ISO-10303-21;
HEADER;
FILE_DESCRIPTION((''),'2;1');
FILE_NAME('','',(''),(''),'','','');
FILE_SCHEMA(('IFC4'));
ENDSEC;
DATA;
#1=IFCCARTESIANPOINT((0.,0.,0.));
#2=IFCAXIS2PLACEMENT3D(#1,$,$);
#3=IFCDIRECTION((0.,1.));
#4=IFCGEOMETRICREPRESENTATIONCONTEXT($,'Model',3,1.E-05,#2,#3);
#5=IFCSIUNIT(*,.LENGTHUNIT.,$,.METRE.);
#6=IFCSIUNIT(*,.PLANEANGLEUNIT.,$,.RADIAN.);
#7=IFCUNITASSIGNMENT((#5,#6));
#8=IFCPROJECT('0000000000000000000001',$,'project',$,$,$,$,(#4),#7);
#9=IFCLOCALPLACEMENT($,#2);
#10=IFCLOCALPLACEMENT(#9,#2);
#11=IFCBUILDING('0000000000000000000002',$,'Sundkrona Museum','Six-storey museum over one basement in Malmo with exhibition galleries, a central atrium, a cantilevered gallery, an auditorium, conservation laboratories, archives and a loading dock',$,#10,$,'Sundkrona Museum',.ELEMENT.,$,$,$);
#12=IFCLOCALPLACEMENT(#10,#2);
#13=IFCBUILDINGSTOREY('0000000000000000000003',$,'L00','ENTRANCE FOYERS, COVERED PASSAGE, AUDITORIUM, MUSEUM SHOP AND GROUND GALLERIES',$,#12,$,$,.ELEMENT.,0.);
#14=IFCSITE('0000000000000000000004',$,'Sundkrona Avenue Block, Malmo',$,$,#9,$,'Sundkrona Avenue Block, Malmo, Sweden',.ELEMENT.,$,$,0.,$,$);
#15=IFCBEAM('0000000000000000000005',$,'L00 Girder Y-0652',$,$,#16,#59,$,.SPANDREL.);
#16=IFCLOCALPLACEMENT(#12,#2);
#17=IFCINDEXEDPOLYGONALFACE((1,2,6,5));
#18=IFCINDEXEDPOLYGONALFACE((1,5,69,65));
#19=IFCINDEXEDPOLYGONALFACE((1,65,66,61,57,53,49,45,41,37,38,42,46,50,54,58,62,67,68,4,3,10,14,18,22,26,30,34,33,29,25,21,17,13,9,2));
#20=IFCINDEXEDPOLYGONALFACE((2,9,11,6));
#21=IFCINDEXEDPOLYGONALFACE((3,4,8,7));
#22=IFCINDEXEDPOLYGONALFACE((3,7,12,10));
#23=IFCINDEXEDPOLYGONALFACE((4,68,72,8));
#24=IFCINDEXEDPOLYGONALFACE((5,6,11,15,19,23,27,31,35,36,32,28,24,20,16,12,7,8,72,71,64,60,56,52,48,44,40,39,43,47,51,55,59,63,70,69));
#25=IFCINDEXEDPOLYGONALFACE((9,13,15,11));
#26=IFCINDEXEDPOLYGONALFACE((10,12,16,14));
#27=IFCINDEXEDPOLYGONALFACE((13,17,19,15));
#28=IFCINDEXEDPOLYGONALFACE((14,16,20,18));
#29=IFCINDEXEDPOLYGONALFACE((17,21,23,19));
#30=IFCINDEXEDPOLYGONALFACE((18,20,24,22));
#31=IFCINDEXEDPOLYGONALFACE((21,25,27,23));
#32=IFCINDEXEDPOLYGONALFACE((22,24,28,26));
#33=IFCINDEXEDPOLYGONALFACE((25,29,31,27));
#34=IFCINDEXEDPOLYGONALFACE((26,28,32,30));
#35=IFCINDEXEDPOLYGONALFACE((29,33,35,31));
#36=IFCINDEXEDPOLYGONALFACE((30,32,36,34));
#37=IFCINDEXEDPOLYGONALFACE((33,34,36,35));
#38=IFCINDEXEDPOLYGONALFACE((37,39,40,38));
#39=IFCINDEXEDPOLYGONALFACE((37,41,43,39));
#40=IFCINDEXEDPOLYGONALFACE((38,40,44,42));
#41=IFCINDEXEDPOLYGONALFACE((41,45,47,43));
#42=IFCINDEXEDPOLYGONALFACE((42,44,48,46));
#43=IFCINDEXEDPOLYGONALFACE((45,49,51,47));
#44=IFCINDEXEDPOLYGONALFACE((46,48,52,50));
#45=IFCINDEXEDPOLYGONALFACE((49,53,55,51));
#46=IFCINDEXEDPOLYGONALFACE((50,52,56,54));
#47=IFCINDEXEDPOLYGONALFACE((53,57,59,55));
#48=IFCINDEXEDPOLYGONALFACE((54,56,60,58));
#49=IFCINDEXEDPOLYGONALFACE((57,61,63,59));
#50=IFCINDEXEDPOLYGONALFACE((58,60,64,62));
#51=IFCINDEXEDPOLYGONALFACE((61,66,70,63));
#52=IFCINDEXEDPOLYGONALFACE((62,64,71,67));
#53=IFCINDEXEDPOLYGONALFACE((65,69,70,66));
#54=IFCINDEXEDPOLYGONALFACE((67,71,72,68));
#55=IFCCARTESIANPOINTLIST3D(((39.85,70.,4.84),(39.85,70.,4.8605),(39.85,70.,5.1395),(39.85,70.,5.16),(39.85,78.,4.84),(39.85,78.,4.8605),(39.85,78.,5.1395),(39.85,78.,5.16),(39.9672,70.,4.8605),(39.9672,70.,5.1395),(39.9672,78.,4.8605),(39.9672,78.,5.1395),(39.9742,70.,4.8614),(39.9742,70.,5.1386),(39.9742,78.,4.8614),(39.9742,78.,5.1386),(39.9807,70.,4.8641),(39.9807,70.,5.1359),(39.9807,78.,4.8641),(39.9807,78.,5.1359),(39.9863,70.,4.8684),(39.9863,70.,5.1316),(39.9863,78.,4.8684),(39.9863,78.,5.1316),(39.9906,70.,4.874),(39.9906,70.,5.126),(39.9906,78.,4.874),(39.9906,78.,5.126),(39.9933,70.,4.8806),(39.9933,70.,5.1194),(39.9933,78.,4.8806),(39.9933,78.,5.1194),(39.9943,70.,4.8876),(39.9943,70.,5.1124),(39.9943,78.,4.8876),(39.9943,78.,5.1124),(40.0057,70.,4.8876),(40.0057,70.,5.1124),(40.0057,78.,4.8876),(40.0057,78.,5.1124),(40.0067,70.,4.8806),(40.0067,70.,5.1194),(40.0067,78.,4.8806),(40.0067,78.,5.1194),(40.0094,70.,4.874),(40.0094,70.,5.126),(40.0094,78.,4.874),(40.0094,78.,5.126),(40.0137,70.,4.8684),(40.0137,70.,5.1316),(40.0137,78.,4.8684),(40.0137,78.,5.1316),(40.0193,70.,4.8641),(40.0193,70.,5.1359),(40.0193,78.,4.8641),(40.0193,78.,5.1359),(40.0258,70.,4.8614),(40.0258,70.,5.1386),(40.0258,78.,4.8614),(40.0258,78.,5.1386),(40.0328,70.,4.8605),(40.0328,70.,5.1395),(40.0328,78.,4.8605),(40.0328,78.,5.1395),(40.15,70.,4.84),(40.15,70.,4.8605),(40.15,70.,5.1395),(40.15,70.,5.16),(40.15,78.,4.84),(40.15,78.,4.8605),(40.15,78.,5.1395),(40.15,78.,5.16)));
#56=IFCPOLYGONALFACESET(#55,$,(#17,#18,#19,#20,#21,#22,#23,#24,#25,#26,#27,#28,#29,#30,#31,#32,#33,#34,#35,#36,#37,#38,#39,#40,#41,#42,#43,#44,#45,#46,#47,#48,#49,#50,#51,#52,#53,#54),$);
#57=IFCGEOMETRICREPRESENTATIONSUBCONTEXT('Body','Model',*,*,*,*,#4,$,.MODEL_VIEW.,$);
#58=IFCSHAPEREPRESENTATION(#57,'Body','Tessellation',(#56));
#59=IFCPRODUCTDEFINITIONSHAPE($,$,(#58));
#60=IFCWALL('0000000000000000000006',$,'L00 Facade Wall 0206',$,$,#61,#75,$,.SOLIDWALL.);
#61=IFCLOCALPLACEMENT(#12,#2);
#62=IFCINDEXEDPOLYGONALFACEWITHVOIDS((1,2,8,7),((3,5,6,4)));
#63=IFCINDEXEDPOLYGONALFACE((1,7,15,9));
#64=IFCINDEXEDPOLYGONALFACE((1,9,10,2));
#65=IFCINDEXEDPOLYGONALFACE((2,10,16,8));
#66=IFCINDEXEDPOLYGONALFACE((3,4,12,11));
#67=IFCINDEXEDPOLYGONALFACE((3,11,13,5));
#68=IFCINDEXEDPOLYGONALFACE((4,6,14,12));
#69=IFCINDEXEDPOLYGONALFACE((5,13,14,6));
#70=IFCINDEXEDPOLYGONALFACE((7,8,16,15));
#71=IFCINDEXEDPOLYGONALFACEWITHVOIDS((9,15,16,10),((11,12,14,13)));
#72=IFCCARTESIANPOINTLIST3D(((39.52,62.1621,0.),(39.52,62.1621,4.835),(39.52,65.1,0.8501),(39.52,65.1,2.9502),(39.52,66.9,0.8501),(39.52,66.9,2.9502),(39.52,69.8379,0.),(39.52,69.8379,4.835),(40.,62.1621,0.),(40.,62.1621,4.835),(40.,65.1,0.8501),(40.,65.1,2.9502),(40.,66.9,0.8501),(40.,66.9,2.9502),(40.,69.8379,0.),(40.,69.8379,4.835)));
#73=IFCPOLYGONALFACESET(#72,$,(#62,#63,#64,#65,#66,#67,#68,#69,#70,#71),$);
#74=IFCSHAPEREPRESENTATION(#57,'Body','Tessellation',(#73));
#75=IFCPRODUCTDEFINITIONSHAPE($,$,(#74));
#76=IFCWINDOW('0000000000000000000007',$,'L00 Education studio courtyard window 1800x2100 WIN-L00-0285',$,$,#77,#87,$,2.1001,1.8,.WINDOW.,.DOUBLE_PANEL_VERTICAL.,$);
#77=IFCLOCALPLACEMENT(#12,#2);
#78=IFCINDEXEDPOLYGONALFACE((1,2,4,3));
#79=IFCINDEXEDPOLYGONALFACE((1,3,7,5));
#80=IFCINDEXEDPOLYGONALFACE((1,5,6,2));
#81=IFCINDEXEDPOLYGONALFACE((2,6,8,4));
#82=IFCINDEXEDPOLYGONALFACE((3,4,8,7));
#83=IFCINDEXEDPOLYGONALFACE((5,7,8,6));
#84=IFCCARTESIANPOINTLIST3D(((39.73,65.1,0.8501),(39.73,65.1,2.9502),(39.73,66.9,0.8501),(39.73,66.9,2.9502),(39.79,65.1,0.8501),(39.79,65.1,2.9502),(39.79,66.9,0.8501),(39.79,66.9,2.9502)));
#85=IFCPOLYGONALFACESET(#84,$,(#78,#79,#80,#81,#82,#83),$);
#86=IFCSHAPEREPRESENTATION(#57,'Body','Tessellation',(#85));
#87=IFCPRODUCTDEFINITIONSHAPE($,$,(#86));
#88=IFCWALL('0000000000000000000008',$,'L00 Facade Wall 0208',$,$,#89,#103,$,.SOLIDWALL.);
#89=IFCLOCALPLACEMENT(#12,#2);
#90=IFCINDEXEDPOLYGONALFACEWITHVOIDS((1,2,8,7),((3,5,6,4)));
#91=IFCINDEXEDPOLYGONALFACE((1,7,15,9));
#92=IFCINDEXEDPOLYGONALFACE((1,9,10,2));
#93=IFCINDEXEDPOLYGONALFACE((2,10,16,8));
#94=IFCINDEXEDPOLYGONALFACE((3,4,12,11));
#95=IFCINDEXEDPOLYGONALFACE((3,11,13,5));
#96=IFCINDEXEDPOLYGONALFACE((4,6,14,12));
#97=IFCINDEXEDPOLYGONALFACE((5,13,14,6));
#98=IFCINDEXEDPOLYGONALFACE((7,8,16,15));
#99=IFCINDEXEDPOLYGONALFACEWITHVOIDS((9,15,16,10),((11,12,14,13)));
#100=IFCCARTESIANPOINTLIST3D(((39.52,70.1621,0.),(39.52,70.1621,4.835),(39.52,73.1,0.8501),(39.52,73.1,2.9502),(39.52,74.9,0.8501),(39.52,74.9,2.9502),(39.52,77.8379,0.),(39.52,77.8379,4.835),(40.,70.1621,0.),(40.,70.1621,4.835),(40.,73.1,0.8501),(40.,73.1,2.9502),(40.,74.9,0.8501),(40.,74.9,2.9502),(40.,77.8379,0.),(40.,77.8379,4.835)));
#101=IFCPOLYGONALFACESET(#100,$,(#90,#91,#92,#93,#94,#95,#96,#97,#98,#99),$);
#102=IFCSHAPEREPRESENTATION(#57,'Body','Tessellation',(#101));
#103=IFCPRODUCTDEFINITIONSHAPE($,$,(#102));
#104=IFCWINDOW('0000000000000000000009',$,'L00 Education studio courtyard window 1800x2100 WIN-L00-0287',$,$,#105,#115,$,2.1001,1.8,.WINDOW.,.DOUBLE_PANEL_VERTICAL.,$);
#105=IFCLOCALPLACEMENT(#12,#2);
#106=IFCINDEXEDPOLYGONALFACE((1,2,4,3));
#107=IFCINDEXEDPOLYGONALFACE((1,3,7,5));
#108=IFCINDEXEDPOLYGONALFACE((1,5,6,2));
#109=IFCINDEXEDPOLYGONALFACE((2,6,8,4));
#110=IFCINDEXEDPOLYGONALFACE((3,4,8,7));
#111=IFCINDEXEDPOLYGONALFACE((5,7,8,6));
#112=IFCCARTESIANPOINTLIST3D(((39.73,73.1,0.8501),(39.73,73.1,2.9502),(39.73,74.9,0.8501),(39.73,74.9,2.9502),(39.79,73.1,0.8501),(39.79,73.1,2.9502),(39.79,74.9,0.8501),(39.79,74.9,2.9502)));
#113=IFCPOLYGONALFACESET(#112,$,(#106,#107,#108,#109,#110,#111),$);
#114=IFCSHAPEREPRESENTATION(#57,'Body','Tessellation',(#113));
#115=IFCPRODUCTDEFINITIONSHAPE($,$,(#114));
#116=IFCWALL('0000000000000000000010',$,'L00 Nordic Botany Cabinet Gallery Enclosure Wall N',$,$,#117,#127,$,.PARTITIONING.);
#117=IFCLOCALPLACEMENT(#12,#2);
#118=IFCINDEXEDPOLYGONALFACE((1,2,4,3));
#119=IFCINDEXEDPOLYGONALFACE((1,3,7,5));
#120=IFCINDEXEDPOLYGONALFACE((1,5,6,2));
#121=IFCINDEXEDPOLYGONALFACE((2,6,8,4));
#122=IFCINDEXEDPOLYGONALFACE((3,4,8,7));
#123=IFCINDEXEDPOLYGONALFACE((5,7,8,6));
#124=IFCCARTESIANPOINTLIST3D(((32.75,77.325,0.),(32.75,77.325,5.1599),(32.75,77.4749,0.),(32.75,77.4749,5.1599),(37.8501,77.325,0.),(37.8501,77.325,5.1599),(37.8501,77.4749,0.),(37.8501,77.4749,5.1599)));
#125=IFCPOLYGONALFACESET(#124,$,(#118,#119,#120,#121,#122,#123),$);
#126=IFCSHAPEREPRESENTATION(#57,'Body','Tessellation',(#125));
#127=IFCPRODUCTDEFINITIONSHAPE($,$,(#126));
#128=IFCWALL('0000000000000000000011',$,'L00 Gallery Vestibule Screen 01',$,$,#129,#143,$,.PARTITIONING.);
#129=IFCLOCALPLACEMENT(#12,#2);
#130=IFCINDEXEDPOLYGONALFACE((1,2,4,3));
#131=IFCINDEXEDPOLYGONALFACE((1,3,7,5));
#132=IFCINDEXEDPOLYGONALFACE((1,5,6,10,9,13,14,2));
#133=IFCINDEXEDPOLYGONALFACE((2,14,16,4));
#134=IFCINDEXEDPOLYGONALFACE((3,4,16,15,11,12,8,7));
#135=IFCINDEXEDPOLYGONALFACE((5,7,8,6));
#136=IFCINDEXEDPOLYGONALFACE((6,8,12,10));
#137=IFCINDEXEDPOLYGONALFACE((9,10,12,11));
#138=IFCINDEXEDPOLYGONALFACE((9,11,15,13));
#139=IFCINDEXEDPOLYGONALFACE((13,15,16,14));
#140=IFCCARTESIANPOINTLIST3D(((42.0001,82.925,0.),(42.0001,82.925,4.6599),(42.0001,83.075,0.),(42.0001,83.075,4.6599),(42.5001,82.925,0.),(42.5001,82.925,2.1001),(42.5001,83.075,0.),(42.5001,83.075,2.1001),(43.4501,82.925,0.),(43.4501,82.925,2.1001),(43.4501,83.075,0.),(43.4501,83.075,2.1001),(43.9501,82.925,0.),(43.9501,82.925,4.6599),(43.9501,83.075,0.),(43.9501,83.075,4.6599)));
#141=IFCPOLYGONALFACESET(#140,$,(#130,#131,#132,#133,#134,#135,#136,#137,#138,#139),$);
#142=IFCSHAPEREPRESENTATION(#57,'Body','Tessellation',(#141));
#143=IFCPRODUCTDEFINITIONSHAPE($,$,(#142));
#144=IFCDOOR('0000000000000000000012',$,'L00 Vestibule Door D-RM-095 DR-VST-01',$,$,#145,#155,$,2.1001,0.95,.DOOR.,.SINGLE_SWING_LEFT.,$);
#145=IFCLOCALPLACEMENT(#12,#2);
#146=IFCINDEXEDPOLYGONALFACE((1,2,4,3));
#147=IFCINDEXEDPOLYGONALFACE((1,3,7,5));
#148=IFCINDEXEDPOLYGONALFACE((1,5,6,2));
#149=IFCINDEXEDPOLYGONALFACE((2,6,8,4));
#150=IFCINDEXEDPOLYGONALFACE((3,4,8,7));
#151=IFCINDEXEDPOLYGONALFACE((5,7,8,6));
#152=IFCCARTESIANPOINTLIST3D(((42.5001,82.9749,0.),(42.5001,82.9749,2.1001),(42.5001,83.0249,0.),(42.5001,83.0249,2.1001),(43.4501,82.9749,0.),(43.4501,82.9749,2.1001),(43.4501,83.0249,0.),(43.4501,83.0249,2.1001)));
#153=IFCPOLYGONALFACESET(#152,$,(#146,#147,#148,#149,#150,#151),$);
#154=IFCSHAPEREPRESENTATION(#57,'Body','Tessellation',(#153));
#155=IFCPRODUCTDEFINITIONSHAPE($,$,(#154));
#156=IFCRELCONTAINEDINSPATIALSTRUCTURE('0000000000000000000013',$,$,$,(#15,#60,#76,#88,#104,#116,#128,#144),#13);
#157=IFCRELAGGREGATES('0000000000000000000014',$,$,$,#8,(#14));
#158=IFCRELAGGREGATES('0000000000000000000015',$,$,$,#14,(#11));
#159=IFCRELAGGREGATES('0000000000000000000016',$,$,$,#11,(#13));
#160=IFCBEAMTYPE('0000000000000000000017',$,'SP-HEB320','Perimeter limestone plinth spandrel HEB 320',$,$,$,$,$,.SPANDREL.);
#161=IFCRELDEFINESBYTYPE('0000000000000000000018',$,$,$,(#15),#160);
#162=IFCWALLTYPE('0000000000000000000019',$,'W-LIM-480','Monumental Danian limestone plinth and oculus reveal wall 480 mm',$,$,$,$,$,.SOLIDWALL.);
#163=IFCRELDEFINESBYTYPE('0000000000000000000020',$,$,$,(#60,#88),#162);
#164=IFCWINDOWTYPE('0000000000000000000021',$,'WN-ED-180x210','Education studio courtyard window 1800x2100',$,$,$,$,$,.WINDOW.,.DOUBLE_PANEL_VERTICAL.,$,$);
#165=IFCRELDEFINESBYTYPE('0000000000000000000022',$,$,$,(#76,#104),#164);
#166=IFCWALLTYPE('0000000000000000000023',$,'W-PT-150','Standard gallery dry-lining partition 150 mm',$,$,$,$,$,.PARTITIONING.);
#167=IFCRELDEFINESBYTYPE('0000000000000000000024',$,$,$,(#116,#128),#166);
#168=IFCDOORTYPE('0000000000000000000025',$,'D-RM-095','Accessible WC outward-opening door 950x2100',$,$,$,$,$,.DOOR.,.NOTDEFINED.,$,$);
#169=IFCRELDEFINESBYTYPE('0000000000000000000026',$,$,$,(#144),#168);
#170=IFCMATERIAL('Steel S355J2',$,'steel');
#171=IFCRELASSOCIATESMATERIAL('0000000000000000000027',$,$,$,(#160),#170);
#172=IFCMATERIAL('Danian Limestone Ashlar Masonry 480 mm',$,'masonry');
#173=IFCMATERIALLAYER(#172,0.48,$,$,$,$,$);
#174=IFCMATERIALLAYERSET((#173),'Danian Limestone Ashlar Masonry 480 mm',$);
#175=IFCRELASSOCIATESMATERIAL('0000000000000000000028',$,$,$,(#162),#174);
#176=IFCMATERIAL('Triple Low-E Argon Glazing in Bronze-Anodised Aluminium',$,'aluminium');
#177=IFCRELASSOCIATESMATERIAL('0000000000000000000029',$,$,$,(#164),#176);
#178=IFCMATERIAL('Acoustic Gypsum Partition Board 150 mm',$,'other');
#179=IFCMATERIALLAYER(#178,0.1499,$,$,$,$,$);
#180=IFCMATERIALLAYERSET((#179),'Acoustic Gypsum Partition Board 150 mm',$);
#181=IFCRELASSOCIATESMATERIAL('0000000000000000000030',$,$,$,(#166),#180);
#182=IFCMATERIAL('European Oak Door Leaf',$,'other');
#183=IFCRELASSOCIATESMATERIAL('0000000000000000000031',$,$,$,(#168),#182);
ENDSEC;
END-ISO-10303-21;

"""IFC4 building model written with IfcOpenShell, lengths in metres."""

from ifc_helpers import new_model, si_unit, direction, frame, frame_2d, origin, origin_2d, place, context, subcontext, project, spatial, rectangle, i_section, extrude, material, layer, layer_set, material_profile, profile_set, type_object, element, fill, save


model = new_model("IFC4")

# Units and contexts
model_context = context("Model", 3, precision=1e-05, world=origin(), true_north=direction((0.0, 1.0)))
body_context = subcontext(model_context, "Body", "Model", "MODEL_VIEW")
ifc_project = project(units=[si_unit("LENGTHUNIT", "METRE"), si_unit("PLANEANGLEUNIT", "RADIAN")], contexts=[model_context])

# Site, building, storey
site_placement = place(None, origin())
site = spatial("IfcSite", under=ifc_project, at=site_placement, Name="Sundkrona Avenue Block, Malmo", LongName="Sundkrona Avenue Block, Malmo, Sweden", CompositionType="ELEMENT", RefElevation=0.0)
building_placement = place(site_placement, origin())
building = spatial("IfcBuilding", under=site, at=building_placement, Name="Sundkrona Museum", Description="Six-storey museum over one basement in Malmo with exhibition galleries, a central atrium, a cantilevered gallery, an auditorium, conservation laboratories, archives and a loading dock", LongName="Sundkrona Museum", CompositionType="ELEMENT")
storey_placement = place(building_placement, origin())
storey = spatial("IfcBuildingStorey", under=building, at=storey_placement, Name="L00", Description="ENTRANCE FOYERS, COVERED PASSAGE, AUDITORIUM, MUSEUM SHOP AND GROUND GALLERIES", CompositionType="ELEMENT", Elevation=0.0)

# Shared definitions
ifc_material_1 = material(Name="Steel S355J2", Category="steel")

# Beam
ifc_material_profile_1 = material_profile(ifc_material_1, i_section(OverallWidth=0.3, OverallDepth=0.3201, WebThickness=0.0115, FlangeThickness=0.0205, FilletRadius=0.0271, at=origin_2d()), Name="HEB 320")
ifc_profile_set_1 = profile_set([ifc_material_profile_1], Name="Steel S355J2")
beam_type_1 = type_object("IfcBeamType", Name="SP-HEB320", Description="Perimeter limestone plinth spandrel HEB 320", PredefinedType="SPANDREL", material=ifc_profile_set_1)
for number, where, z_axis, x_axis, name in (
    (1, (40.0, 70.0, 5.0), (0.0, 1.0, 0.0), (-1.0, 0.0, 0.0), "L00 Girder Y-0652"),
):
    element("IfcBeam", number, at=place(storey_placement, frame(where, z_axis=z_axis, x_axis=x_axis)), inside=storey, type_object=beam_type_1, Name=name, PredefinedType="SPANDREL", context=body_context, shape_type="SweptSolid", body=[
        extrude(i_section(OverallWidth=0.3, OverallDepth=0.3201, WebThickness=0.0115, FlangeThickness=0.0205, FilletRadius=0.0271, at=origin_2d()), origin(), (0.0, 0.0, 1.0), 8.0),
    ])

# Walls, openings, windows
ifc_material_2 = material(Name="Danian Limestone Ashlar Masonry 480 mm", Category="masonry")
ifc_layer_1 = layer(ifc_material_2, 0.48)
ifc_layer_set_1 = layer_set([ifc_layer_1], Name="Danian Limestone Ashlar Masonry 480 mm")
wall_type_1 = type_object("IfcWallType", Name="W-LIM-480", Description="Monumental Danian limestone plinth and oculus reveal wall 480 mm", PredefinedType="SOLIDWALL", material=ifc_layer_set_1)
wall_1_placement = place(storey_placement, frame((39.76, 69.8379, 0.0), z_axis=(0.0, 0.0, 1.0), x_axis=(0.0, -1.0, 0.0)))
wall_1 = element("IfcWall", 2, at=wall_1_placement, inside=storey, type_object=wall_type_1, Name="L00 Facade Wall 0206", PredefinedType="SOLIDWALL", context=body_context, shape_type="SweptSolid", body=[
    extrude(rectangle(XDim=7.6758, YDim=0.48, at=frame_2d((3.8379, 0.0))), origin(), (0.0, 0.0, 1.0), 4.835),
])
opening_1_placement = place(wall_1_placement, frame((2.938, 0.0, 0.8501)))
opening_1 = element("IfcOpeningElement", 3, at=opening_1_placement, cuts=wall_1, PredefinedType="OPENING", context=body_context, shape_type="SweptSolid", body=[
    extrude(rectangle(XDim=1.8, YDim=2.1001, at=frame_2d((0.8999, 1.05))), frame((0.0, 0.25, 0.0), z_axis=(0.0, -1.0, 0.0), x_axis=(1.0, 0.0, 0.0)), (0.0, 0.0, 1.0), 0.5),
])
ifc_material_3 = material(Name="Triple Low-E Argon Glazing in Bronze-Anodised Aluminium", Category="aluminium")
window_type = type_object("IfcWindowType", Name="WN-ED-180x210", Description="Education studio courtyard window 1800x2100", PartitioningType="DOUBLE_PANEL_VERTICAL", PredefinedType="WINDOW", material=ifc_material_3)
window_1_placement = place(opening_1_placement, origin())
window_1 = element("IfcWindow", 4, at=window_1_placement, inside=storey, type_object=window_type, Name="L00 Education studio courtyard window 1800x2100 WIN-L00-0285", OverallHeight=2.1001, OverallWidth=1.8, PartitioningType="DOUBLE_PANEL_VERTICAL", PredefinedType="WINDOW", context=body_context, shape_type="SweptSolid", body=[
    extrude(rectangle(XDim=1.8, YDim=2.1001, at=frame_2d((0.8999, 1.05))), frame((0.0, 0.03, 0.0), z_axis=(0.0, -1.0, 0.0), x_axis=(1.0, 0.0, 0.0)), (0.0, 0.0, 1.0), 0.0601),
])
fill(opening_1, window_1)
wall_2_placement = place(storey_placement, frame((39.76, 77.8379, 0.0), z_axis=(0.0, 0.0, 1.0), x_axis=(0.0, -1.0, 0.0)))
wall_2 = element("IfcWall", 5, at=wall_2_placement, inside=storey, type_object=wall_type_1, Name="L00 Facade Wall 0208", PredefinedType="SOLIDWALL", context=body_context, shape_type="SweptSolid", body=[
    extrude(rectangle(XDim=7.6758, YDim=0.48, at=frame_2d((3.8379, 0.0))), origin(), (0.0, 0.0, 1.0), 4.835),
])
opening_2_placement = place(wall_2_placement, frame((2.938, 0.0, 0.8501)))
opening_2 = element("IfcOpeningElement", 6, at=opening_2_placement, cuts=wall_2, PredefinedType="OPENING", context=body_context, shape_type="SweptSolid", body=[
    extrude(rectangle(XDim=1.8, YDim=2.1001, at=frame_2d((0.8999, 1.05))), frame((0.0, 0.25, 0.0), z_axis=(0.0, -1.0, 0.0), x_axis=(1.0, 0.0, 0.0)), (0.0, 0.0, 1.0), 0.5),
])
window_2_placement = place(opening_2_placement, origin())
window_2 = element("IfcWindow", 7, at=window_2_placement, inside=storey, type_object=window_type, Name="L00 Education studio courtyard window 1800x2100 WIN-L00-0287", OverallHeight=2.1001, OverallWidth=1.8, PartitioningType="DOUBLE_PANEL_VERTICAL", PredefinedType="WINDOW", context=body_context, shape_type="SweptSolid", body=[
    extrude(rectangle(XDim=1.8, YDim=2.1001, at=frame_2d((0.8999, 1.05))), frame((0.0, 0.03, 0.0), z_axis=(0.0, -1.0, 0.0), x_axis=(1.0, 0.0, 0.0)), (0.0, 0.0, 1.0), 0.0601),
])
fill(opening_2, window_2)

# Wall
ifc_material_4 = material(Name="Acoustic Gypsum Partition Board 150 mm", Category="other")
ifc_layer_2 = layer(ifc_material_4, 0.1499)
ifc_layer_set_2 = layer_set([ifc_layer_2], Name="Acoustic Gypsum Partition Board 150 mm")
wall_type_2 = type_object("IfcWallType", Name="W-PT-150", Description="Standard gallery dry-lining partition 150 mm", PredefinedType="PARTITIONING", material=ifc_layer_set_2)
wall_3_placement = place(storey_placement, frame((32.75, 77.3999, 0.0), z_axis=(0.0, 0.0, 1.0), x_axis=(1.0, 0.0, 0.0)))
element("IfcWall", 8, at=wall_3_placement, inside=storey, type_object=wall_type_2, Name="L00 Nordic Botany Cabinet Gallery Enclosure Wall N", PredefinedType="PARTITIONING", context=body_context, shape_type="SweptSolid", body=[
    extrude(rectangle(XDim=5.1001, YDim=0.1499, at=frame_2d((2.55, 0.0))), origin(), (0.0, 0.0, 1.0), 5.1599),
])

# Wall, opening, door
wall_4_placement = place(storey_placement, frame((42.0, 83.0, 0.0), z_axis=(0.0, 0.0, 1.0), x_axis=(1.0, 0.0, 0.0)))
wall_4 = element("IfcWall", 9, at=wall_4_placement, inside=storey, type_object=wall_type_2, Name="L00 Gallery Vestibule Screen 01", PredefinedType="PARTITIONING", context=body_context, shape_type="SweptSolid", body=[
    extrude(rectangle(XDim=1.95, YDim=0.1499, at=frame_2d((0.9751, 0.0))), origin(), (0.0, 0.0, 1.0), 4.6599),
])
opening_3_placement = place(wall_4_placement, frame((0.5, 0.0, 0.0)))
opening_3 = element("IfcOpeningElement", 10, at=opening_3_placement, cuts=wall_4, PredefinedType="OPENING", context=body_context, shape_type="SweptSolid", body=[
    extrude(rectangle(XDim=0.95, YDim=2.1001, at=frame_2d((0.4751, 1.05))), frame((0.0, 0.085, 0.0), z_axis=(0.0, -1.0, 0.0), x_axis=(1.0, 0.0, 0.0)), (0.0, 0.0, 1.0), 0.1699),
])
ifc_material_5 = material(Name="European Oak Door Leaf", Category="other")
door_type_1 = type_object("IfcDoorType", Name="D-RM-095", Description="Accessible WC outward-opening door 950x2100", OperationType="NOTDEFINED", PredefinedType="DOOR", material=ifc_material_5)
door_1_placement = place(opening_3_placement, origin())
door_1 = element("IfcDoor", 11, at=door_1_placement, inside=storey, type_object=door_type_1, Name="L00 Vestibule Door D-RM-095 DR-VST-01", OperationType="SINGLE_SWING_LEFT", OverallHeight=2.1001, OverallWidth=0.95, PredefinedType="DOOR", context=body_context, shape_type="SweptSolid", body=[
    extrude(rectangle(XDim=0.95, YDim=2.1001, at=frame_2d((0.4751, 1.05))), frame((0.0, 0.0249, 0.0), z_axis=(0.0, -1.0, 0.0), x_axis=(1.0, 0.0, 0.0)), (0.0, 0.0, 1.0), 0.05),
])
fill(opening_3, door_1)

save(model, "model.ifc")
